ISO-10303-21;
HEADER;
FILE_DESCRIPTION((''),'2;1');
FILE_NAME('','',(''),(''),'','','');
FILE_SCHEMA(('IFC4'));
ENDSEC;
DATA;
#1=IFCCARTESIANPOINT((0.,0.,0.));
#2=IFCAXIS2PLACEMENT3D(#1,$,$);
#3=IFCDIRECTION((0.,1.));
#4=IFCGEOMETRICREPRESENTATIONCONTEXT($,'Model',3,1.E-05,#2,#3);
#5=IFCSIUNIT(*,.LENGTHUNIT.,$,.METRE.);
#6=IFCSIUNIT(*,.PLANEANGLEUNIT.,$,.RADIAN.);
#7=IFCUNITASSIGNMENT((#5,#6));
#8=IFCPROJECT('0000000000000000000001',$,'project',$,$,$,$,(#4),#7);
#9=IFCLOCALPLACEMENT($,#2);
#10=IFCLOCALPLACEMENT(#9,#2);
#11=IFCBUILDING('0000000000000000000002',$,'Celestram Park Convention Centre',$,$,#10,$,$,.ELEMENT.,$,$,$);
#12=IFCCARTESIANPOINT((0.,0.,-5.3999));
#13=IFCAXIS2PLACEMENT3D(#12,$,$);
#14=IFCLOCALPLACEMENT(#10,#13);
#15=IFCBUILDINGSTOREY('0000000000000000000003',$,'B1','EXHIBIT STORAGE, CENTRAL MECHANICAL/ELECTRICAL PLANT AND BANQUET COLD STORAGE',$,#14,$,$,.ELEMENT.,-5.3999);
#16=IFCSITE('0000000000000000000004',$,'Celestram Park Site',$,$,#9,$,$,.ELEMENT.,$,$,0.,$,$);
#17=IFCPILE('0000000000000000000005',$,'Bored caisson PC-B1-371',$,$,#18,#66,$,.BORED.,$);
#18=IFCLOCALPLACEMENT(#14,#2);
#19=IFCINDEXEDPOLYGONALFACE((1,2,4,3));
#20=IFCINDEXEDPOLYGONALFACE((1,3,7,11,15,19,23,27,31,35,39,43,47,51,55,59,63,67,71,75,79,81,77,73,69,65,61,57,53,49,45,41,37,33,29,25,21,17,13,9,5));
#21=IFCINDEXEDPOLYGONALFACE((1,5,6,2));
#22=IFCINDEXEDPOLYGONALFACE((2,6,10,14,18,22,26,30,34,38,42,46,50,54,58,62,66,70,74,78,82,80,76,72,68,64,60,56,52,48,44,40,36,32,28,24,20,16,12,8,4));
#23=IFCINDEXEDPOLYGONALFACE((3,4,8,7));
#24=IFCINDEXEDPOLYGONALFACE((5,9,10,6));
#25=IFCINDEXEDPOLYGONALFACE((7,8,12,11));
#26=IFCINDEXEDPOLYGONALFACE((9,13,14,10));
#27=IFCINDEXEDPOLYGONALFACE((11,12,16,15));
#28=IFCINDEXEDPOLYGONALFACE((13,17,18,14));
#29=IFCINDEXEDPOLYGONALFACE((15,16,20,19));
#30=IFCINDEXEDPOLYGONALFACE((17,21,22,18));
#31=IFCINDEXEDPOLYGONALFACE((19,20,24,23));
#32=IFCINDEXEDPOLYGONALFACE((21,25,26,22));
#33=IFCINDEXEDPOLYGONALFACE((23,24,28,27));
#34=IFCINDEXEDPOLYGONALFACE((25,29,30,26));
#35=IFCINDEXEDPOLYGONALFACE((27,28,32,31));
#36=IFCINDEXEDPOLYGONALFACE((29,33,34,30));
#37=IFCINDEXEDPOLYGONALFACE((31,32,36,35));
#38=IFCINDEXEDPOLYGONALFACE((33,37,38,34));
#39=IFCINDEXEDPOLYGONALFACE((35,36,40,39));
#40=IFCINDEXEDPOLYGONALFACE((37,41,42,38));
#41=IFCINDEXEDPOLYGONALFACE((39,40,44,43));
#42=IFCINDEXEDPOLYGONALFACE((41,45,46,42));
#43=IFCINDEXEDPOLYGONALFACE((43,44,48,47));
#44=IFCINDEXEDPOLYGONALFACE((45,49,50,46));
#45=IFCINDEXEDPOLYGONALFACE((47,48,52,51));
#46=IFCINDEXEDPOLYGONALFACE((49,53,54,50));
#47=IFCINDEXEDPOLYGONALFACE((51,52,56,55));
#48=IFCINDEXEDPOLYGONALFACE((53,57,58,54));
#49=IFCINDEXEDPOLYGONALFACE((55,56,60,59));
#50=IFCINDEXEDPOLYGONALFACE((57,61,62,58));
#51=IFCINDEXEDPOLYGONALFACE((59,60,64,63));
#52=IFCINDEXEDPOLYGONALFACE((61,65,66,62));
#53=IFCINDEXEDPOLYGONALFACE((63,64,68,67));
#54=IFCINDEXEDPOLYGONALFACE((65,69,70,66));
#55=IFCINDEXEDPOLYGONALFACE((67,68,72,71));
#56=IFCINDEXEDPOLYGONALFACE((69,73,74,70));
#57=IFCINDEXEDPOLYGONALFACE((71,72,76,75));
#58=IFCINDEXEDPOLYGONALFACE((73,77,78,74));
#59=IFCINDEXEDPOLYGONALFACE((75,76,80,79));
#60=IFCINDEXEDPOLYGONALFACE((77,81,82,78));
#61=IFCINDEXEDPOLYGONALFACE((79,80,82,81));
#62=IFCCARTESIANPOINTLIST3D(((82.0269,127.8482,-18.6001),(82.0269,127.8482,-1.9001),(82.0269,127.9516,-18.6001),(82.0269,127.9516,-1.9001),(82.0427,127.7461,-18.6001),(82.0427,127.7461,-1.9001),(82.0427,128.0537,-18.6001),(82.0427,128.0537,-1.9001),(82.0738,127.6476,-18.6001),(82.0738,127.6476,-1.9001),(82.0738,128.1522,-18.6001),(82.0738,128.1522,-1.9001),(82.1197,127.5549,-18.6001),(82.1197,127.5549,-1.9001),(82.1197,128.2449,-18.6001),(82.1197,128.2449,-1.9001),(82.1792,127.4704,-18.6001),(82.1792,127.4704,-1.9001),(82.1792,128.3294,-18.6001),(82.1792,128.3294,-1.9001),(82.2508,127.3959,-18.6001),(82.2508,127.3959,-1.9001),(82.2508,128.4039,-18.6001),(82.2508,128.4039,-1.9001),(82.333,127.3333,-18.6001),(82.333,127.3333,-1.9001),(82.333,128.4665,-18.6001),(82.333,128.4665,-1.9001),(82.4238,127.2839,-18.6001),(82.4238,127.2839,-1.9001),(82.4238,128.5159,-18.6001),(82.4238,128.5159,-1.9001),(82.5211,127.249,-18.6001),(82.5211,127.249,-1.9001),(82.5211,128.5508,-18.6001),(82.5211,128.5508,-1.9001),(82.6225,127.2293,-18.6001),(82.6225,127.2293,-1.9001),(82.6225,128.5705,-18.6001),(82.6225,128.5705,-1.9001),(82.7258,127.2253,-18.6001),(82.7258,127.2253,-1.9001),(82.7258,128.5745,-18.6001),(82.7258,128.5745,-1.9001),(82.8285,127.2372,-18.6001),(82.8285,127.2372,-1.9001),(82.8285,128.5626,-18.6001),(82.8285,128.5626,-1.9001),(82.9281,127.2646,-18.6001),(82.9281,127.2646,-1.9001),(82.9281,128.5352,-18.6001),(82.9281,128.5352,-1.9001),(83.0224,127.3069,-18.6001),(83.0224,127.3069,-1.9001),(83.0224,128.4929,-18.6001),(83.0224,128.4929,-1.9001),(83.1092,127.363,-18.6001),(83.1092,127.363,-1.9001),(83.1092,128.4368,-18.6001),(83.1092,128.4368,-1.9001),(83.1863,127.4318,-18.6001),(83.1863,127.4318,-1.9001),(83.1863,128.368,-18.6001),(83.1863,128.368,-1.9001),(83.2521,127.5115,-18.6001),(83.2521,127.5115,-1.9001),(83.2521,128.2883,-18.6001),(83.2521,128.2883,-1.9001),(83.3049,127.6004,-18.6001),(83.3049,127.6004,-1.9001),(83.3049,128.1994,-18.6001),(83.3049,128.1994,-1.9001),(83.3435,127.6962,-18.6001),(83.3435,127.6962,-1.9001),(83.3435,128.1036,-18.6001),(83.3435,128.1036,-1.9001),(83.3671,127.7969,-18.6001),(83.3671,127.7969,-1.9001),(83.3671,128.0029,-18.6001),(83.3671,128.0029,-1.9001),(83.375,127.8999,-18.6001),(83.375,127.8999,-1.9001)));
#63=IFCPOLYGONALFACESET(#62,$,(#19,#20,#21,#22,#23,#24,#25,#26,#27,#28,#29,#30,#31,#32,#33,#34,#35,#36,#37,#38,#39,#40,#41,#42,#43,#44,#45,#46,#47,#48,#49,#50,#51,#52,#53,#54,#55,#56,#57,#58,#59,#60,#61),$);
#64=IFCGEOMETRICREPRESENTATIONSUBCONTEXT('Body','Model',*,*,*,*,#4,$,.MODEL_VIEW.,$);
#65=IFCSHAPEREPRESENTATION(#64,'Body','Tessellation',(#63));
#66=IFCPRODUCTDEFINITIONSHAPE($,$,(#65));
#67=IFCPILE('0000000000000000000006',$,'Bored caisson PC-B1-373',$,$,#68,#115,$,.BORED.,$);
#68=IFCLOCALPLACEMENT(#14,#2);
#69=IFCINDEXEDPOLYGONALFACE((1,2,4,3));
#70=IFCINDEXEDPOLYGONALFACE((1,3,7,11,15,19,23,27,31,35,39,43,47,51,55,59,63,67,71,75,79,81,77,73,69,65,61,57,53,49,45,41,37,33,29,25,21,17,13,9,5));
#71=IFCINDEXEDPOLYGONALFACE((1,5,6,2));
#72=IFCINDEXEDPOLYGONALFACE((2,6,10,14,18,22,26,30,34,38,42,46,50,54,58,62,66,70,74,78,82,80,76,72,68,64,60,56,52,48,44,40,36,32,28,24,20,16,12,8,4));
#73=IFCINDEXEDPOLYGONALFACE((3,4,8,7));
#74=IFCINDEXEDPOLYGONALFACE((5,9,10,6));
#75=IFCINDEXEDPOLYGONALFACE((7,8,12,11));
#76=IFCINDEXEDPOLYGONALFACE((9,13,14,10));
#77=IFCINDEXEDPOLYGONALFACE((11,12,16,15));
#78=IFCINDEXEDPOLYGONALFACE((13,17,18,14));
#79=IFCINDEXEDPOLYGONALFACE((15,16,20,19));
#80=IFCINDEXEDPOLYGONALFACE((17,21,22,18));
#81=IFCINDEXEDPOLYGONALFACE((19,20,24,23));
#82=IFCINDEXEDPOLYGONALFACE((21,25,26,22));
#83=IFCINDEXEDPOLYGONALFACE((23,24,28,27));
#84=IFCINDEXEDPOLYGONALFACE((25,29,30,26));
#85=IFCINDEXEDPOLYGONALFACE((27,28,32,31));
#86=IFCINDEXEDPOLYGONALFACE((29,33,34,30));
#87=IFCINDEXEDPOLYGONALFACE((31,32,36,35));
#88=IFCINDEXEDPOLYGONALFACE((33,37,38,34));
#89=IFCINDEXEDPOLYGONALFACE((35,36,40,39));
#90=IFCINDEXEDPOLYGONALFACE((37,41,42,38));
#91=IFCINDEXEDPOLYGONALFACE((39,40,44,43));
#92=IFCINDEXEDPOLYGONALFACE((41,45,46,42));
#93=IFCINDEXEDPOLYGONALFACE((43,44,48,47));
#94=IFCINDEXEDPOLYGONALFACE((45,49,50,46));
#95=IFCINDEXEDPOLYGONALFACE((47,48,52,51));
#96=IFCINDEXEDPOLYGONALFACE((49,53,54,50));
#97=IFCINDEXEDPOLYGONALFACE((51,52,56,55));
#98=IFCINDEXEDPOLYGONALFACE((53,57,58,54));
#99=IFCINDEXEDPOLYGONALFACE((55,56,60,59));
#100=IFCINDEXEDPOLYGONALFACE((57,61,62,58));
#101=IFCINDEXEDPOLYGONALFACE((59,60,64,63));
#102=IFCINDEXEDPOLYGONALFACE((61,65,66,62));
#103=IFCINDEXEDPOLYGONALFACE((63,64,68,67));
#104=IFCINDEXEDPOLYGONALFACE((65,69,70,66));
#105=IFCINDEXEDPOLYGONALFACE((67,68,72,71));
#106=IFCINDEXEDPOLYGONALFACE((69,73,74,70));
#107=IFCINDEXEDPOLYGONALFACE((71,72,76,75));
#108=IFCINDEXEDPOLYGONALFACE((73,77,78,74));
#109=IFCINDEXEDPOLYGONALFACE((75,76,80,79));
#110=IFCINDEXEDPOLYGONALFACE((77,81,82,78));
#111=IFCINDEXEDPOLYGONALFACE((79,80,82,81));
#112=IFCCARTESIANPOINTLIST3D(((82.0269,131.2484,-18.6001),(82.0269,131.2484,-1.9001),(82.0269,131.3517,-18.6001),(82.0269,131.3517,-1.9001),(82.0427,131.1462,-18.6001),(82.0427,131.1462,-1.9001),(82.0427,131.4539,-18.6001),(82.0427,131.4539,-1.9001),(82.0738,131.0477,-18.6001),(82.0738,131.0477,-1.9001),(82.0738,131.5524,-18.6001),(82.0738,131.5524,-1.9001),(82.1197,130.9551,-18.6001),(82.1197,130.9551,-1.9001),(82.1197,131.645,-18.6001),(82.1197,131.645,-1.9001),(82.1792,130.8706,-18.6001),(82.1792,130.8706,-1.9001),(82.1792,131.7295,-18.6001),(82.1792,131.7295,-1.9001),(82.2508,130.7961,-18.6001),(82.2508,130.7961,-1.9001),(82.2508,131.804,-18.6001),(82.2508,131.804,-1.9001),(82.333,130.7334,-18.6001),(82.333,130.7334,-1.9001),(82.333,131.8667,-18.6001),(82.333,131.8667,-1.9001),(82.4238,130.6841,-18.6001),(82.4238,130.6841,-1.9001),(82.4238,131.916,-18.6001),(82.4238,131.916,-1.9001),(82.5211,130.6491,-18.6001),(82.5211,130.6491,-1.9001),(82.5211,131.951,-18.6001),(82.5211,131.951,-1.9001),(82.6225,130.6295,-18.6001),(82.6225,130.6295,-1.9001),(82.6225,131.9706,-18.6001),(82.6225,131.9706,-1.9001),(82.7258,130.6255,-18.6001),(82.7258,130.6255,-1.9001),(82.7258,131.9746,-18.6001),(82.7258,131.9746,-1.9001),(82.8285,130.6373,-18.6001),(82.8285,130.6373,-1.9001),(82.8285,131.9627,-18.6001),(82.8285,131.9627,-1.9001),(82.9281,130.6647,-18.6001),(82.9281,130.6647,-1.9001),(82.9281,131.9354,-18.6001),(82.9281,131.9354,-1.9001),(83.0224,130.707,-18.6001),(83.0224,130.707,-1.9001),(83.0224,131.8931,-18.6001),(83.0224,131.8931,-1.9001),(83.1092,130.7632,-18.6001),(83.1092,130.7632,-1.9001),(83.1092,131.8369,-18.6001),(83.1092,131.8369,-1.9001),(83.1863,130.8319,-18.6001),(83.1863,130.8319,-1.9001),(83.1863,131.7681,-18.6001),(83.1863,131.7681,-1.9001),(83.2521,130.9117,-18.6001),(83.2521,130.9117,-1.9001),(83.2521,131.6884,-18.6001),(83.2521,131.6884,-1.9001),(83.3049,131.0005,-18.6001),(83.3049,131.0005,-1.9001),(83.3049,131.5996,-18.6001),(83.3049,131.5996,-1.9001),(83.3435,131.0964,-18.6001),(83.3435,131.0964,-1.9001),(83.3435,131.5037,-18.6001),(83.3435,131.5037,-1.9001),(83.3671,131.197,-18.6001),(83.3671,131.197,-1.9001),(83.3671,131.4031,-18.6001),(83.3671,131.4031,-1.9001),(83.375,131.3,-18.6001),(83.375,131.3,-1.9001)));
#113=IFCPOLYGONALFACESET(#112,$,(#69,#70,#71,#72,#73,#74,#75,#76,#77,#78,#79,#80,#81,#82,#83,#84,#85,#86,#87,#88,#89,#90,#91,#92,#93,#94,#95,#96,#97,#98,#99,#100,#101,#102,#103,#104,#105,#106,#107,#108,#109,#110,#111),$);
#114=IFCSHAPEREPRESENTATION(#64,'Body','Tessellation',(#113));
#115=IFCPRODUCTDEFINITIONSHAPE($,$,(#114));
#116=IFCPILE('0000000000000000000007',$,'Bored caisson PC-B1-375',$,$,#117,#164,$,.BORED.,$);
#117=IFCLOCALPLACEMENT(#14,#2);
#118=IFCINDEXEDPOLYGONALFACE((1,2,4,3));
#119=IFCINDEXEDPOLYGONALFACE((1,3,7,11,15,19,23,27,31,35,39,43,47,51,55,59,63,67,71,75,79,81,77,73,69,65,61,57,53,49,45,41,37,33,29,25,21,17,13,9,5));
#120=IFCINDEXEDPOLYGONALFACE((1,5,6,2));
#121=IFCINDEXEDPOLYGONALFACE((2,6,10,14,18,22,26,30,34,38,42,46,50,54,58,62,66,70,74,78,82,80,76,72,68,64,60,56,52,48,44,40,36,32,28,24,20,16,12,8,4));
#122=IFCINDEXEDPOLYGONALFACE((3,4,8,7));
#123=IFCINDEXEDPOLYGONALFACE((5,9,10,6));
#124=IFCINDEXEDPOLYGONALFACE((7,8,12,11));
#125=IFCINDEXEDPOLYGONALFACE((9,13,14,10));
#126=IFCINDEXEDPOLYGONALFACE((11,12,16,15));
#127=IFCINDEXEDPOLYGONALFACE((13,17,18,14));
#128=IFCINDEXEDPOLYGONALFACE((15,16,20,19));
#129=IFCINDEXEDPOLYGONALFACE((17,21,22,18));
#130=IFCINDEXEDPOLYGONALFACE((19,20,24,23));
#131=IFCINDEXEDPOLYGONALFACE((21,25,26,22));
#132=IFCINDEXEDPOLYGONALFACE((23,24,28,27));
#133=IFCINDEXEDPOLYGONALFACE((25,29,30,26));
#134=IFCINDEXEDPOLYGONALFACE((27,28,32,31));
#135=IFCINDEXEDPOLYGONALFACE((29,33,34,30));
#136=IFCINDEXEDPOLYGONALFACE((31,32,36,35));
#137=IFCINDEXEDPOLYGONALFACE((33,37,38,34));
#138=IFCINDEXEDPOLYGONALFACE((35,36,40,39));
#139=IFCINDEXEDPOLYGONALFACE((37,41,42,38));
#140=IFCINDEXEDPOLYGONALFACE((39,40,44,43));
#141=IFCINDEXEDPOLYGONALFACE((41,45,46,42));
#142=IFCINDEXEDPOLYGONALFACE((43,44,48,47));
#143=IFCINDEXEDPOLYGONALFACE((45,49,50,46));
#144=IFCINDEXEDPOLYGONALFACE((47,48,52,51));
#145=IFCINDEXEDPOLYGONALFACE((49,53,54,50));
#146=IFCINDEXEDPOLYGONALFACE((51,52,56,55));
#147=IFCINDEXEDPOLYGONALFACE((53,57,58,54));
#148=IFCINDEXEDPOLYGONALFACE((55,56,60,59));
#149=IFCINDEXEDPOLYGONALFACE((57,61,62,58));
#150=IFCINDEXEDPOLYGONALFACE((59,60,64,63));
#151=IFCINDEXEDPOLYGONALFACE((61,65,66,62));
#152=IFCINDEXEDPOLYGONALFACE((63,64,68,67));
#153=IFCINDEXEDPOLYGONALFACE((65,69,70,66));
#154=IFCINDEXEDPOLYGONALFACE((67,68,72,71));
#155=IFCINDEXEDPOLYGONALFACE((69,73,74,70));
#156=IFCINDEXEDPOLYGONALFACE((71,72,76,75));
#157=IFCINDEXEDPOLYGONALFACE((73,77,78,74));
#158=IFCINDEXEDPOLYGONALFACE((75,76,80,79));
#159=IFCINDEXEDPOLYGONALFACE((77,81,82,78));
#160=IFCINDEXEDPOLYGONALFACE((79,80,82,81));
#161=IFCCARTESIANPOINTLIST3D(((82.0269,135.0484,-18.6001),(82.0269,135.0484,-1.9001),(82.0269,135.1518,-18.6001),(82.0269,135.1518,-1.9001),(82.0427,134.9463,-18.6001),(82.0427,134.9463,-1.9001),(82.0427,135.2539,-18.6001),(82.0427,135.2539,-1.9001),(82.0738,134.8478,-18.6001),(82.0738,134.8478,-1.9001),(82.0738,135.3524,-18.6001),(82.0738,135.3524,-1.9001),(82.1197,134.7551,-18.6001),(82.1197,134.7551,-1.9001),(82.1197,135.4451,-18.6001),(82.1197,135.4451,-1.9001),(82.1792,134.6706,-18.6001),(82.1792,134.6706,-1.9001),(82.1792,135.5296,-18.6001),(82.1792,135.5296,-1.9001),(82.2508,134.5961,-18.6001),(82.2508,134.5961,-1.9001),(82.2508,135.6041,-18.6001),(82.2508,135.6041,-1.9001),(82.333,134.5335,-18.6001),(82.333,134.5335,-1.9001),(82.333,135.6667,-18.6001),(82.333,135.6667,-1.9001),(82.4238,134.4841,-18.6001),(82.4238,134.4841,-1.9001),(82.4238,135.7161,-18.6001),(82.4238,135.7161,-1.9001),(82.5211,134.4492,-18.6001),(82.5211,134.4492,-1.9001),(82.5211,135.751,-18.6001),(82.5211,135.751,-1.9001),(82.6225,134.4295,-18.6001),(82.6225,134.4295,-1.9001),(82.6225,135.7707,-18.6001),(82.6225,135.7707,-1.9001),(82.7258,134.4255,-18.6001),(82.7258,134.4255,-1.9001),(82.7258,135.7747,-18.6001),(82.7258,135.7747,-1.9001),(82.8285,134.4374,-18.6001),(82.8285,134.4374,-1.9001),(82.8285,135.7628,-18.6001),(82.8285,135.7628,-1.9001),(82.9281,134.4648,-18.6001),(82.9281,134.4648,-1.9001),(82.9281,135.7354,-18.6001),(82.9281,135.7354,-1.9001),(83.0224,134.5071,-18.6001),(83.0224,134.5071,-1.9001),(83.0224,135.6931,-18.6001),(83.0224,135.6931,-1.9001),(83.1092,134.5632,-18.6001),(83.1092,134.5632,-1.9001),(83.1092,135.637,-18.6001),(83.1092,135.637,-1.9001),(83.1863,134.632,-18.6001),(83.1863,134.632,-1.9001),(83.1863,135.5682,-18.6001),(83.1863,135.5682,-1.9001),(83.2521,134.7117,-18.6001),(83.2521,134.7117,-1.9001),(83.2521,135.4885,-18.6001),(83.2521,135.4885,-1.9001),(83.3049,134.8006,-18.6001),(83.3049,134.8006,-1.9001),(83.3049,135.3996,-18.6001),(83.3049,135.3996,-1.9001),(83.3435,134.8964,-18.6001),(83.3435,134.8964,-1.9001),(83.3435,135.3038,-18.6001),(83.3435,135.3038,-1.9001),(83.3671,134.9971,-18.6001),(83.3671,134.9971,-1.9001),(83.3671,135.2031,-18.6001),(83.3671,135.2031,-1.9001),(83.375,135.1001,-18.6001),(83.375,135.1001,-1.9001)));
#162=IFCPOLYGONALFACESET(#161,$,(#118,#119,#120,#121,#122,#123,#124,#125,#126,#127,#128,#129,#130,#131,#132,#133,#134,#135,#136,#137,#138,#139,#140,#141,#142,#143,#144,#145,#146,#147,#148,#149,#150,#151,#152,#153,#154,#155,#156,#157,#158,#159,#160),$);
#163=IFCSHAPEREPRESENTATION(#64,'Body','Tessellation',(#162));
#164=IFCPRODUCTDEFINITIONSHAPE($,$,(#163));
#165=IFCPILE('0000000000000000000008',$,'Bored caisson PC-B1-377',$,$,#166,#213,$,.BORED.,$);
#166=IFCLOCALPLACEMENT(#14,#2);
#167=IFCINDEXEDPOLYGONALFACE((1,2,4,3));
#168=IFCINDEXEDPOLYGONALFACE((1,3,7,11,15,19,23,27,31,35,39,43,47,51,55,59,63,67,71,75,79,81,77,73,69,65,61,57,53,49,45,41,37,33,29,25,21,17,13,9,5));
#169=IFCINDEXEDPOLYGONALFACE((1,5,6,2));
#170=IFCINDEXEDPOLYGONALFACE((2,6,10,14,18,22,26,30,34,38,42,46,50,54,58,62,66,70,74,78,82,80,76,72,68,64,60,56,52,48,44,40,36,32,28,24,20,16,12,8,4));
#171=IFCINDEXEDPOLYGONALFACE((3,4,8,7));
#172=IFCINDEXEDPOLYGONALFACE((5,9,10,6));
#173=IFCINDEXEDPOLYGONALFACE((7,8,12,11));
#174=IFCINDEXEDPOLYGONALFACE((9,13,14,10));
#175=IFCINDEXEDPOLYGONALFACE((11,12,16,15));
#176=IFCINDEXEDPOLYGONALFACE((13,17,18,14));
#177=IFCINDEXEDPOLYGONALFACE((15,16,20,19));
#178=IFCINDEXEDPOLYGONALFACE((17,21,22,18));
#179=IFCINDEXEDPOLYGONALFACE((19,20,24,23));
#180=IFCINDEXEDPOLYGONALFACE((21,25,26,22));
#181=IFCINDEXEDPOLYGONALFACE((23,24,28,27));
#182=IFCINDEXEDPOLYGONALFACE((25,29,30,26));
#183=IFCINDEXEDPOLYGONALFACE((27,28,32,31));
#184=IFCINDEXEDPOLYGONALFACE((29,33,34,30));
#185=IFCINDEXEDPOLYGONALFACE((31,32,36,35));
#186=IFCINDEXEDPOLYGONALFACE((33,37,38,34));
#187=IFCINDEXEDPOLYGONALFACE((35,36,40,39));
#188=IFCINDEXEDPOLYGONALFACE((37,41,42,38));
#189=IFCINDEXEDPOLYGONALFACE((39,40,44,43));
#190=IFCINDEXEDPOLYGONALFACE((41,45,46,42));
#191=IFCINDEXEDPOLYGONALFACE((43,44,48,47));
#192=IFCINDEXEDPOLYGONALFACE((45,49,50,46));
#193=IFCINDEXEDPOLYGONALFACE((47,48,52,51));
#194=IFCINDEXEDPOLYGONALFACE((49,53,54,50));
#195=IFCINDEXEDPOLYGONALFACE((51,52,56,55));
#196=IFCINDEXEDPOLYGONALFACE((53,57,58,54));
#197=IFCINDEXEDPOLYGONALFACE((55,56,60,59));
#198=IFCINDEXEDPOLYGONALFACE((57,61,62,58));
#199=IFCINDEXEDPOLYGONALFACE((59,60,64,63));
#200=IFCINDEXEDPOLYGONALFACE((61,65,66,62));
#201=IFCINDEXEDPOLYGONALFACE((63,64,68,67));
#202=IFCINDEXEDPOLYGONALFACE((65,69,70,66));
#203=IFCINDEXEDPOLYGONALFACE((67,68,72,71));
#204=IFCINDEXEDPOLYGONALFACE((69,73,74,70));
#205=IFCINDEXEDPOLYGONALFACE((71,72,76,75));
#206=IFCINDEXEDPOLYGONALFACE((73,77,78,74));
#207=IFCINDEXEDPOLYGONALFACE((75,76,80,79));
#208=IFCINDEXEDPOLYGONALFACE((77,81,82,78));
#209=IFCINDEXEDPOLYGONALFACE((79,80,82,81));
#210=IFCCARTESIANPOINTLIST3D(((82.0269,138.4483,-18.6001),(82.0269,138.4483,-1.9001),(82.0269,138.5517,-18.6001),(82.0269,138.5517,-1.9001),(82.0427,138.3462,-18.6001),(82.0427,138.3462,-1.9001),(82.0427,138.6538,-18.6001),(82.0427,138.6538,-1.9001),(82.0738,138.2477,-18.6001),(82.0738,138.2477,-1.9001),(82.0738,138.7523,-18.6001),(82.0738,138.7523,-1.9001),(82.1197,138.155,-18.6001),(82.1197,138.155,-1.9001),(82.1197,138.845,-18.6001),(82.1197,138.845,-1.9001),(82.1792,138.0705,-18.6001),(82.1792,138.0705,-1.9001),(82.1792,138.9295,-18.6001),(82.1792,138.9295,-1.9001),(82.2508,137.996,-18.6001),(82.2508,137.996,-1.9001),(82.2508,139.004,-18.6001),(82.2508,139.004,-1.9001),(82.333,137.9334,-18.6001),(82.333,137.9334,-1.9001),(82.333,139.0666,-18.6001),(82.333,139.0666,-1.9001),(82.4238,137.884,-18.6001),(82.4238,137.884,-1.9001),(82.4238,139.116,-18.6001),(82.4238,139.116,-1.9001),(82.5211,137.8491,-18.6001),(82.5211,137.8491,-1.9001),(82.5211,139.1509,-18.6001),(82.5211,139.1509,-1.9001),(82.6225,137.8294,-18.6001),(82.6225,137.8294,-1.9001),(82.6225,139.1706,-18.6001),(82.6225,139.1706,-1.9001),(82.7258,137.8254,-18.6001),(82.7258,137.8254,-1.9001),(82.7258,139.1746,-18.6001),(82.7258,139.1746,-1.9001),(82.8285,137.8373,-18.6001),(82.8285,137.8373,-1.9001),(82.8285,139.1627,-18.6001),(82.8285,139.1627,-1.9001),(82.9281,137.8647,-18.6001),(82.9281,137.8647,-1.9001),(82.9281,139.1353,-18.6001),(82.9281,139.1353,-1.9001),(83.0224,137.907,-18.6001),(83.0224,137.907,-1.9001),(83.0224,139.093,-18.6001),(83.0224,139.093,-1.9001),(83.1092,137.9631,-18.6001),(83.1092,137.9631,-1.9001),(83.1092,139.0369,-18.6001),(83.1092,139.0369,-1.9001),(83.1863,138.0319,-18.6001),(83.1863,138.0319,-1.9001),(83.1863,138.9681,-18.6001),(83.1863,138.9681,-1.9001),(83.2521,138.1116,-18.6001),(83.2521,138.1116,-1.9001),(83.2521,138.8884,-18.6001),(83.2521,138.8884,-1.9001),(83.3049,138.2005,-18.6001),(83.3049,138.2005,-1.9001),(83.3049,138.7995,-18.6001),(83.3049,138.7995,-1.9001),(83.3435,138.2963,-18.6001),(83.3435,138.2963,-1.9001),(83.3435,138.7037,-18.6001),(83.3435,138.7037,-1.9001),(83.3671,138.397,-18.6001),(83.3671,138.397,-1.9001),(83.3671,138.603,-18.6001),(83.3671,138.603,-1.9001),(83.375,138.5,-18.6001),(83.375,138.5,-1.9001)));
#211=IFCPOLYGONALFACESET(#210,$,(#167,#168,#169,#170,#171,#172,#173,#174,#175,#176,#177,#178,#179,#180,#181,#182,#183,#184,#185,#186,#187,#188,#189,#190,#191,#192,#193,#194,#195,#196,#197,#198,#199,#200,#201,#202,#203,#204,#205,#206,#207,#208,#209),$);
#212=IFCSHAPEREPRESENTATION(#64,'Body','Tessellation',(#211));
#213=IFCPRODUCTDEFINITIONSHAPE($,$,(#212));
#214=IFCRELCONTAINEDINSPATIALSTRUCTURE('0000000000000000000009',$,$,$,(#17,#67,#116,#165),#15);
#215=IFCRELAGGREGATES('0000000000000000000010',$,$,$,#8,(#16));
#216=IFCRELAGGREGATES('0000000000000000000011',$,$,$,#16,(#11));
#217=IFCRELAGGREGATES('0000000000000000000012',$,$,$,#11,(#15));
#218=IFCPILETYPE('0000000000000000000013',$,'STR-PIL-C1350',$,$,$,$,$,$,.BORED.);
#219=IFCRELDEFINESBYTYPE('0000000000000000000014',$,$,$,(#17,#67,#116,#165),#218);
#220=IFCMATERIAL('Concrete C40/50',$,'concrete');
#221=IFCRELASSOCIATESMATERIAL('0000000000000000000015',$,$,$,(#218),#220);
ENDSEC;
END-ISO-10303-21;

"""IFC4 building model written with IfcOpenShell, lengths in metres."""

from ifc_helpers import new_model, si_unit, direction, frame, origin, origin_2d, place, context, subcontext, project, spatial, circle, extrude, material, material_profile, profile_set, type_object, element, save


model = new_model("IFC4")

# Units and contexts
model_context = context("Model", 3, precision=1e-05, world=origin(), true_north=direction((0.0, 1.0)))
body_context = subcontext(model_context, "Body", "Model", "MODEL_VIEW")
ifc_project = project(units=[si_unit("LENGTHUNIT", "METRE"), si_unit("PLANEANGLEUNIT", "RADIAN")], contexts=[model_context])

# Site, building, storey
site_placement = place(None, origin())
site = spatial("IfcSite", under=ifc_project, at=site_placement, Name="Celestram Park Site", CompositionType="ELEMENT", RefElevation=0.0)
building_placement = place(site_placement, origin())
building = spatial("IfcBuilding", under=site, at=building_placement, Name="Celestram Park Convention Centre", CompositionType="ELEMENT")
storey_placement = place(building_placement, frame((0.0, 0.0, -5.3999)))
storey = spatial("IfcBuildingStorey", under=building, at=storey_placement, Name="B1", Description="EXHIBIT STORAGE, CENTRAL MECHANICAL/ELECTRICAL PLANT AND BANQUET COLD STORAGE", CompositionType="ELEMENT", Elevation=-5.3999)

# Shared definitions
ifc_material_1 = material(Name="Concrete C40/50", Category="concrete")

# Piles
ifc_material_profile_1 = material_profile(ifc_material_1, circle(Radius=0.675, at=origin_2d()), Name="CAISSON1350")
ifc_profile_set_1 = profile_set([ifc_material_profile_1], Name="Concrete C40/50")
pile_type_1 = type_object("IfcPileType", Name="STR-PIL-C1350", PredefinedType="BORED", material=ifc_profile_set_1)
for number, where, z_axis, x_axis, name in (
    (1, (82.7, 127.8999, -1.9001), (0.0, 0.0, -1.0), (1.0, 0.0, 0.0), "Bored caisson PC-B1-371"),
    (2, (82.7, 131.3, -1.9001), (0.0, 0.0, -1.0), (1.0, 0.0, 0.0), "Bored caisson PC-B1-373"),
    (3, (82.7, 135.1001, -1.9001), (0.0, 0.0, -1.0), (1.0, 0.0, 0.0), "Bored caisson PC-B1-375"),
    (4, (82.7, 138.5, -1.9001), (0.0, 0.0, -1.0), (1.0, 0.0, 0.0), "Bored caisson PC-B1-377"),
):
    element("IfcPile", number, at=place(storey_placement, frame(where, z_axis=z_axis, x_axis=x_axis)), inside=storey, type_object=pile_type_1, Name=name, PredefinedType="BORED", context=body_context, shape_type="SweptSolid", body=[
        extrude(circle(Radius=0.675, at=origin_2d()), origin(), (0.0, 0.0, 1.0), 16.7),
    ])

save(model, "model.ifc")
